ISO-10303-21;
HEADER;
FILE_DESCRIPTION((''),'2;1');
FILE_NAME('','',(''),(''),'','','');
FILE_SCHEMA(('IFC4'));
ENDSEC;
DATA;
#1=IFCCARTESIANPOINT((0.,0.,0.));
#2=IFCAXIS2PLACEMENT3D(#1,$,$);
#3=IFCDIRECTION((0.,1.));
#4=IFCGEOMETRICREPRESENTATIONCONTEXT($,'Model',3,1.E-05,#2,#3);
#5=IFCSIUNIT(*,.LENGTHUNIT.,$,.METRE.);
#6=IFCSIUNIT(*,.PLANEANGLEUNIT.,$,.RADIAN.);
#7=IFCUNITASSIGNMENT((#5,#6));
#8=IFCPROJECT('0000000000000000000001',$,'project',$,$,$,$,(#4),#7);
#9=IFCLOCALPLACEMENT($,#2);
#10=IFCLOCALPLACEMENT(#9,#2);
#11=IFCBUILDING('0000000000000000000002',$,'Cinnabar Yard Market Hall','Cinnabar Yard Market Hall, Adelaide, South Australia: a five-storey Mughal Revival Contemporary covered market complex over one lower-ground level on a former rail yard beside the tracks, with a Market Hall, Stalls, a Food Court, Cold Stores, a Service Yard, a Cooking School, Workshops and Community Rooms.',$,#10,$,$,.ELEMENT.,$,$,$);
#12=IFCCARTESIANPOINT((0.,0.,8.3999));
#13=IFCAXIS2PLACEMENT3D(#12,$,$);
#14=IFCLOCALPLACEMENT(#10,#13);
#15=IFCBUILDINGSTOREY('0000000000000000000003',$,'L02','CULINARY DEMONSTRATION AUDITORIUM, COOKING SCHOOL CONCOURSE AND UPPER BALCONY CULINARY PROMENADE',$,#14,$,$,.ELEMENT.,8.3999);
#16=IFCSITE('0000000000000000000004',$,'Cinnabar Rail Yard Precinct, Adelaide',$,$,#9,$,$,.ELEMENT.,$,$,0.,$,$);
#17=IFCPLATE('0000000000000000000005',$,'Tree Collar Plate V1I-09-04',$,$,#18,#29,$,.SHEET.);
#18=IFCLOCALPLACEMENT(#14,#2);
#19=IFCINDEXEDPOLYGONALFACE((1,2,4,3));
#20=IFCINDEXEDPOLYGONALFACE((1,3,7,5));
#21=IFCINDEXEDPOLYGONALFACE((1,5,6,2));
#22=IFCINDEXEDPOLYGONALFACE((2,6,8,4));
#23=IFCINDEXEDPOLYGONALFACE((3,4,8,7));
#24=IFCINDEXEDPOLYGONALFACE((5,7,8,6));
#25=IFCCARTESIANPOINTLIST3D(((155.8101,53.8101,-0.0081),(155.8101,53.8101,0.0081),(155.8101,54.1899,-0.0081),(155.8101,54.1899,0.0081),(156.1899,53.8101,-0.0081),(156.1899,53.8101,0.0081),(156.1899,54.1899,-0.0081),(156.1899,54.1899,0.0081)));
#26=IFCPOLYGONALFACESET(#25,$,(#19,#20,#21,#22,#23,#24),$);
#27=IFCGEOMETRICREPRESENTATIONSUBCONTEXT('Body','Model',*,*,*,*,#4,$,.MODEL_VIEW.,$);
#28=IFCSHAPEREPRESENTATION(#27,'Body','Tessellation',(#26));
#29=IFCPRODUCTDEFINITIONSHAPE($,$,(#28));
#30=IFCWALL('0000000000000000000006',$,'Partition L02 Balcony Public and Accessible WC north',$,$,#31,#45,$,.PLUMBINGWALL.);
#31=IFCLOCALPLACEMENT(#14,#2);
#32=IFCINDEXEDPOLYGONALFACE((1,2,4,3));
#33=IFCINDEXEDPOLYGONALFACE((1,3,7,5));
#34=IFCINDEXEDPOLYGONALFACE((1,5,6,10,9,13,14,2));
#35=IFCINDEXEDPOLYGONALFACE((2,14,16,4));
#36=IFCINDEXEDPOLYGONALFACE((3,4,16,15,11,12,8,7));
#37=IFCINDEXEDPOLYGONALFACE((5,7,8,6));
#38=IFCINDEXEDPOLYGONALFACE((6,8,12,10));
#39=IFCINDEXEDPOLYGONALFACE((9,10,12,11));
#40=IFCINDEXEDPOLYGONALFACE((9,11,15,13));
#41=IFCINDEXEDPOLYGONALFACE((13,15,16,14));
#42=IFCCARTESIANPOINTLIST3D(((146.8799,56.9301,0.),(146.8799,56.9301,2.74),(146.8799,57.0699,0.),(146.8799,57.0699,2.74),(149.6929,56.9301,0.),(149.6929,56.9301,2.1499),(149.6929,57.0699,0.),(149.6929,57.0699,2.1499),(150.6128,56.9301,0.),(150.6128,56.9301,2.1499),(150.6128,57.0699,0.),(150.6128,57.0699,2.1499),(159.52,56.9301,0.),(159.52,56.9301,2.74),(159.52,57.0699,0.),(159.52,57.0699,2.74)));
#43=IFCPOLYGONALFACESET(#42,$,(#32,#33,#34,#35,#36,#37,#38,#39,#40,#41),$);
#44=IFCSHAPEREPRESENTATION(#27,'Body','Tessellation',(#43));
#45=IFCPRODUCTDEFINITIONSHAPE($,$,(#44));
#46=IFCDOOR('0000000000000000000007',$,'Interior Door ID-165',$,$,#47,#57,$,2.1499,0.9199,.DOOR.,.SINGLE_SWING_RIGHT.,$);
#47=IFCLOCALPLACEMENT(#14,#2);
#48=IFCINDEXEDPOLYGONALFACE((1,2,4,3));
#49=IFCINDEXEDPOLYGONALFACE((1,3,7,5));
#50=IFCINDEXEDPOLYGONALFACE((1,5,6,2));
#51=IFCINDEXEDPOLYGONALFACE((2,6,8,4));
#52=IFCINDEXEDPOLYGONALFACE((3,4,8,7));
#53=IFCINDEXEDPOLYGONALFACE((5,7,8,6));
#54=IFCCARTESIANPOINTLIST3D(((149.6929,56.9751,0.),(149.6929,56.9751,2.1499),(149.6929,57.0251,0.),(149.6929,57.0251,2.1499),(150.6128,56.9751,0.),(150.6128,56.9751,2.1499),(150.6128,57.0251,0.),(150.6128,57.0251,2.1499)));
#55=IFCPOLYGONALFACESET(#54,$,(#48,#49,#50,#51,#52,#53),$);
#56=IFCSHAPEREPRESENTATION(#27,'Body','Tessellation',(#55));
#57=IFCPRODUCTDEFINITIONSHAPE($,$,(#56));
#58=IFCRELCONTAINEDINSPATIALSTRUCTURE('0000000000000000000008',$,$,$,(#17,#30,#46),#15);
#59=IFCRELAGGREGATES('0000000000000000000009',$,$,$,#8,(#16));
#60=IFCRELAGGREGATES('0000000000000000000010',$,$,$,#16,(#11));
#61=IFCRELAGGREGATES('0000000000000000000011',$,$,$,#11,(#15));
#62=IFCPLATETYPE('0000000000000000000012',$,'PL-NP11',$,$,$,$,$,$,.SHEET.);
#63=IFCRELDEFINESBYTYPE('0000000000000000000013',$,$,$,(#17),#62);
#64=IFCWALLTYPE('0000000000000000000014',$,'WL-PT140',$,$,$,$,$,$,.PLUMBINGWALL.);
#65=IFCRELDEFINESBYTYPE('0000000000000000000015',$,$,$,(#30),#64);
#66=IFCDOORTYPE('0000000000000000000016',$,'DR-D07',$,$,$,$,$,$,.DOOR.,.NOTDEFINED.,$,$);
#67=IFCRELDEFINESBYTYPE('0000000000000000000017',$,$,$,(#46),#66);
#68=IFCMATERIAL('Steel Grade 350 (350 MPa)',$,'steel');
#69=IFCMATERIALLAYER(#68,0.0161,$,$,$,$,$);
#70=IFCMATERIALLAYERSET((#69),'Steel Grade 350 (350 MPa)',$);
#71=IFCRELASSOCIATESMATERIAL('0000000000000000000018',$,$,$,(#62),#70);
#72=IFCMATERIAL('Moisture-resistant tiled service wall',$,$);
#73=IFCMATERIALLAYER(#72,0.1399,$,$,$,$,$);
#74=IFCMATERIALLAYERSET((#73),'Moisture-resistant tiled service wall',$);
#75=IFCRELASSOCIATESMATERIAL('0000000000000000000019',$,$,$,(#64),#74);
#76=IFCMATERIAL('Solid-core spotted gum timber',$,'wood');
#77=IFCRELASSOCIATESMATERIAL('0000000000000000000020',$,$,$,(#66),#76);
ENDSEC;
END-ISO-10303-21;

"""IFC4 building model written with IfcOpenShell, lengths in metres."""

from ifc_helpers import new_model, si_unit, direction, frame, frame_2d, origin, origin_2d_with_axis, place, context, subcontext, project, spatial, rectangle, extrude, material, layer, layer_set, type_object, element, fill, save


model = new_model("IFC4")

# Units and contexts
model_context = context("Model", 3, precision=1e-05, world=origin(), true_north=direction((0.0, 1.0)))
body_context = subcontext(model_context, "Body", "Model", "MODEL_VIEW")
ifc_project = project(units=[si_unit("LENGTHUNIT", "METRE"), si_unit("PLANEANGLEUNIT", "RADIAN")], contexts=[model_context])

# Site, building, storey
site_placement = place(None, origin())
site = spatial("IfcSite", under=ifc_project, at=site_placement, Name="Cinnabar Rail Yard Precinct, Adelaide", CompositionType="ELEMENT", RefElevation=0.0)
building_placement = place(site_placement, origin())
building = spatial("IfcBuilding", under=site, at=building_placement, Name="Cinnabar Yard Market Hall", Description="Cinnabar Yard Market Hall, Adelaide, South Australia: a five-storey Mughal Revival Contemporary covered market complex over one lower-ground level on a former rail yard beside the tracks, with a Market Hall, Stalls, a Food Court, Cold Stores, a Service Yard, a Cooking School, Workshops and Community Rooms.", CompositionType="ELEMENT")
storey_placement = place(building_placement, frame((0.0, 0.0, 8.3999)))
storey = spatial("IfcBuildingStorey", under=building, at=storey_placement, Name="L02", Description="CULINARY DEMONSTRATION AUDITORIUM, COOKING SCHOOL CONCOURSE AND UPPER BALCONY CULINARY PROMENADE", CompositionType="ELEMENT", Elevation=8.3999)

# Plate
ifc_material_1 = material(Name="Steel Grade 350 (350 MPa)", Category="steel")
ifc_layer_1 = layer(ifc_material_1, 0.0161)
ifc_layer_set_1 = layer_set([ifc_layer_1], Name="Steel Grade 350 (350 MPa)")
plate_type_1 = type_object("IfcPlateType", Name="PL-NP11", PredefinedType="SHEET", material=ifc_layer_set_1)
plate_1_placement = place(storey_placement, frame((156.0, 54.0, -0.0081), z_axis=(0.0, 0.0, 1.0), x_axis=(1.0, 0.0, 0.0)))
element("IfcPlate", 1, at=plate_1_placement, inside=storey, type_object=plate_type_1, Name="Tree Collar Plate V1I-09-04", PredefinedType="SHEET", context=body_context, shape_type="SweptSolid", body=[
    extrude(rectangle(XDim=0.3799, YDim=0.3799, at=origin_2d_with_axis()), origin(), (0.0, 0.0, 1.0), 0.0161),
])

# Wall, opening, door
ifc_material_2 = material(Name="Moisture-resistant tiled service wall")
ifc_layer_2 = layer(ifc_material_2, 0.1399)
ifc_layer_set_2 = layer_set([ifc_layer_2], Name="Moisture-resistant tiled service wall")
wall_type = type_object("IfcWallType", Name="WL-PT140", PredefinedType="PLUMBINGWALL", material=ifc_layer_set_2)
wall_placement = place(storey_placement, frame((159.52, 57.0, 0.0), z_axis=(0.0, 0.0, 1.0), x_axis=(-1.0, 0.0, 0.0)))
wall = element("IfcWall", 2, at=wall_placement, inside=storey, type_object=wall_type, Name="Partition L02 Balcony Public and Accessible WC north", PredefinedType="PLUMBINGWALL", context=body_context, shape_type="SweptSolid", body=[
    extrude(rectangle(XDim=12.6401, YDim=0.1399, at=frame_2d((6.3201, 0.0), x_axis=(1.0, 0.0))), origin(), (0.0, 0.0, 1.0), 2.74),
])
opening_placement = place(wall_placement, frame((8.9072, 0.0, 0.0)))
opening = element("IfcOpeningElement", 3, at=opening_placement, cuts=wall, PredefinedType="OPENING", context=body_context, shape_type="SweptSolid", body=[
    extrude(rectangle(XDim=0.9199, YDim=2.1499, at=frame_2d((0.46, 1.075), x_axis=(1.0, 0.0))), frame((0.0, 0.0798, 0.0), z_axis=(0.0, -1.0, 0.0), x_axis=(1.0, 0.0, 0.0)), (0.0, 0.0, 1.0), 0.1599),
])
ifc_material_3 = material(Name="Solid-core spotted gum timber", Category="wood")
door_type = type_object("IfcDoorType", Name="DR-D07", OperationType="NOTDEFINED", PredefinedType="DOOR", material=ifc_material_3)
door_placement = place(opening_placement, origin())
door = element("IfcDoor", 4, at=door_placement, inside=storey, type_object=door_type, Name="Interior Door ID-165", OperationType="SINGLE_SWING_RIGHT", OverallHeight=2.1499, OverallWidth=0.9199, PredefinedType="DOOR", context=body_context, shape_type="SweptSolid", body=[
    extrude(rectangle(XDim=0.9199, YDim=2.1499, at=frame_2d((0.46, 1.075), x_axis=(1.0, 0.0))), frame((0.0, 0.0249, 0.0), z_axis=(0.0, -1.0, 0.0), x_axis=(1.0, 0.0, 0.0)), (0.0, 0.0, 1.0), 0.05),
])
fill(opening, door)

save(model, "model.ifc")
